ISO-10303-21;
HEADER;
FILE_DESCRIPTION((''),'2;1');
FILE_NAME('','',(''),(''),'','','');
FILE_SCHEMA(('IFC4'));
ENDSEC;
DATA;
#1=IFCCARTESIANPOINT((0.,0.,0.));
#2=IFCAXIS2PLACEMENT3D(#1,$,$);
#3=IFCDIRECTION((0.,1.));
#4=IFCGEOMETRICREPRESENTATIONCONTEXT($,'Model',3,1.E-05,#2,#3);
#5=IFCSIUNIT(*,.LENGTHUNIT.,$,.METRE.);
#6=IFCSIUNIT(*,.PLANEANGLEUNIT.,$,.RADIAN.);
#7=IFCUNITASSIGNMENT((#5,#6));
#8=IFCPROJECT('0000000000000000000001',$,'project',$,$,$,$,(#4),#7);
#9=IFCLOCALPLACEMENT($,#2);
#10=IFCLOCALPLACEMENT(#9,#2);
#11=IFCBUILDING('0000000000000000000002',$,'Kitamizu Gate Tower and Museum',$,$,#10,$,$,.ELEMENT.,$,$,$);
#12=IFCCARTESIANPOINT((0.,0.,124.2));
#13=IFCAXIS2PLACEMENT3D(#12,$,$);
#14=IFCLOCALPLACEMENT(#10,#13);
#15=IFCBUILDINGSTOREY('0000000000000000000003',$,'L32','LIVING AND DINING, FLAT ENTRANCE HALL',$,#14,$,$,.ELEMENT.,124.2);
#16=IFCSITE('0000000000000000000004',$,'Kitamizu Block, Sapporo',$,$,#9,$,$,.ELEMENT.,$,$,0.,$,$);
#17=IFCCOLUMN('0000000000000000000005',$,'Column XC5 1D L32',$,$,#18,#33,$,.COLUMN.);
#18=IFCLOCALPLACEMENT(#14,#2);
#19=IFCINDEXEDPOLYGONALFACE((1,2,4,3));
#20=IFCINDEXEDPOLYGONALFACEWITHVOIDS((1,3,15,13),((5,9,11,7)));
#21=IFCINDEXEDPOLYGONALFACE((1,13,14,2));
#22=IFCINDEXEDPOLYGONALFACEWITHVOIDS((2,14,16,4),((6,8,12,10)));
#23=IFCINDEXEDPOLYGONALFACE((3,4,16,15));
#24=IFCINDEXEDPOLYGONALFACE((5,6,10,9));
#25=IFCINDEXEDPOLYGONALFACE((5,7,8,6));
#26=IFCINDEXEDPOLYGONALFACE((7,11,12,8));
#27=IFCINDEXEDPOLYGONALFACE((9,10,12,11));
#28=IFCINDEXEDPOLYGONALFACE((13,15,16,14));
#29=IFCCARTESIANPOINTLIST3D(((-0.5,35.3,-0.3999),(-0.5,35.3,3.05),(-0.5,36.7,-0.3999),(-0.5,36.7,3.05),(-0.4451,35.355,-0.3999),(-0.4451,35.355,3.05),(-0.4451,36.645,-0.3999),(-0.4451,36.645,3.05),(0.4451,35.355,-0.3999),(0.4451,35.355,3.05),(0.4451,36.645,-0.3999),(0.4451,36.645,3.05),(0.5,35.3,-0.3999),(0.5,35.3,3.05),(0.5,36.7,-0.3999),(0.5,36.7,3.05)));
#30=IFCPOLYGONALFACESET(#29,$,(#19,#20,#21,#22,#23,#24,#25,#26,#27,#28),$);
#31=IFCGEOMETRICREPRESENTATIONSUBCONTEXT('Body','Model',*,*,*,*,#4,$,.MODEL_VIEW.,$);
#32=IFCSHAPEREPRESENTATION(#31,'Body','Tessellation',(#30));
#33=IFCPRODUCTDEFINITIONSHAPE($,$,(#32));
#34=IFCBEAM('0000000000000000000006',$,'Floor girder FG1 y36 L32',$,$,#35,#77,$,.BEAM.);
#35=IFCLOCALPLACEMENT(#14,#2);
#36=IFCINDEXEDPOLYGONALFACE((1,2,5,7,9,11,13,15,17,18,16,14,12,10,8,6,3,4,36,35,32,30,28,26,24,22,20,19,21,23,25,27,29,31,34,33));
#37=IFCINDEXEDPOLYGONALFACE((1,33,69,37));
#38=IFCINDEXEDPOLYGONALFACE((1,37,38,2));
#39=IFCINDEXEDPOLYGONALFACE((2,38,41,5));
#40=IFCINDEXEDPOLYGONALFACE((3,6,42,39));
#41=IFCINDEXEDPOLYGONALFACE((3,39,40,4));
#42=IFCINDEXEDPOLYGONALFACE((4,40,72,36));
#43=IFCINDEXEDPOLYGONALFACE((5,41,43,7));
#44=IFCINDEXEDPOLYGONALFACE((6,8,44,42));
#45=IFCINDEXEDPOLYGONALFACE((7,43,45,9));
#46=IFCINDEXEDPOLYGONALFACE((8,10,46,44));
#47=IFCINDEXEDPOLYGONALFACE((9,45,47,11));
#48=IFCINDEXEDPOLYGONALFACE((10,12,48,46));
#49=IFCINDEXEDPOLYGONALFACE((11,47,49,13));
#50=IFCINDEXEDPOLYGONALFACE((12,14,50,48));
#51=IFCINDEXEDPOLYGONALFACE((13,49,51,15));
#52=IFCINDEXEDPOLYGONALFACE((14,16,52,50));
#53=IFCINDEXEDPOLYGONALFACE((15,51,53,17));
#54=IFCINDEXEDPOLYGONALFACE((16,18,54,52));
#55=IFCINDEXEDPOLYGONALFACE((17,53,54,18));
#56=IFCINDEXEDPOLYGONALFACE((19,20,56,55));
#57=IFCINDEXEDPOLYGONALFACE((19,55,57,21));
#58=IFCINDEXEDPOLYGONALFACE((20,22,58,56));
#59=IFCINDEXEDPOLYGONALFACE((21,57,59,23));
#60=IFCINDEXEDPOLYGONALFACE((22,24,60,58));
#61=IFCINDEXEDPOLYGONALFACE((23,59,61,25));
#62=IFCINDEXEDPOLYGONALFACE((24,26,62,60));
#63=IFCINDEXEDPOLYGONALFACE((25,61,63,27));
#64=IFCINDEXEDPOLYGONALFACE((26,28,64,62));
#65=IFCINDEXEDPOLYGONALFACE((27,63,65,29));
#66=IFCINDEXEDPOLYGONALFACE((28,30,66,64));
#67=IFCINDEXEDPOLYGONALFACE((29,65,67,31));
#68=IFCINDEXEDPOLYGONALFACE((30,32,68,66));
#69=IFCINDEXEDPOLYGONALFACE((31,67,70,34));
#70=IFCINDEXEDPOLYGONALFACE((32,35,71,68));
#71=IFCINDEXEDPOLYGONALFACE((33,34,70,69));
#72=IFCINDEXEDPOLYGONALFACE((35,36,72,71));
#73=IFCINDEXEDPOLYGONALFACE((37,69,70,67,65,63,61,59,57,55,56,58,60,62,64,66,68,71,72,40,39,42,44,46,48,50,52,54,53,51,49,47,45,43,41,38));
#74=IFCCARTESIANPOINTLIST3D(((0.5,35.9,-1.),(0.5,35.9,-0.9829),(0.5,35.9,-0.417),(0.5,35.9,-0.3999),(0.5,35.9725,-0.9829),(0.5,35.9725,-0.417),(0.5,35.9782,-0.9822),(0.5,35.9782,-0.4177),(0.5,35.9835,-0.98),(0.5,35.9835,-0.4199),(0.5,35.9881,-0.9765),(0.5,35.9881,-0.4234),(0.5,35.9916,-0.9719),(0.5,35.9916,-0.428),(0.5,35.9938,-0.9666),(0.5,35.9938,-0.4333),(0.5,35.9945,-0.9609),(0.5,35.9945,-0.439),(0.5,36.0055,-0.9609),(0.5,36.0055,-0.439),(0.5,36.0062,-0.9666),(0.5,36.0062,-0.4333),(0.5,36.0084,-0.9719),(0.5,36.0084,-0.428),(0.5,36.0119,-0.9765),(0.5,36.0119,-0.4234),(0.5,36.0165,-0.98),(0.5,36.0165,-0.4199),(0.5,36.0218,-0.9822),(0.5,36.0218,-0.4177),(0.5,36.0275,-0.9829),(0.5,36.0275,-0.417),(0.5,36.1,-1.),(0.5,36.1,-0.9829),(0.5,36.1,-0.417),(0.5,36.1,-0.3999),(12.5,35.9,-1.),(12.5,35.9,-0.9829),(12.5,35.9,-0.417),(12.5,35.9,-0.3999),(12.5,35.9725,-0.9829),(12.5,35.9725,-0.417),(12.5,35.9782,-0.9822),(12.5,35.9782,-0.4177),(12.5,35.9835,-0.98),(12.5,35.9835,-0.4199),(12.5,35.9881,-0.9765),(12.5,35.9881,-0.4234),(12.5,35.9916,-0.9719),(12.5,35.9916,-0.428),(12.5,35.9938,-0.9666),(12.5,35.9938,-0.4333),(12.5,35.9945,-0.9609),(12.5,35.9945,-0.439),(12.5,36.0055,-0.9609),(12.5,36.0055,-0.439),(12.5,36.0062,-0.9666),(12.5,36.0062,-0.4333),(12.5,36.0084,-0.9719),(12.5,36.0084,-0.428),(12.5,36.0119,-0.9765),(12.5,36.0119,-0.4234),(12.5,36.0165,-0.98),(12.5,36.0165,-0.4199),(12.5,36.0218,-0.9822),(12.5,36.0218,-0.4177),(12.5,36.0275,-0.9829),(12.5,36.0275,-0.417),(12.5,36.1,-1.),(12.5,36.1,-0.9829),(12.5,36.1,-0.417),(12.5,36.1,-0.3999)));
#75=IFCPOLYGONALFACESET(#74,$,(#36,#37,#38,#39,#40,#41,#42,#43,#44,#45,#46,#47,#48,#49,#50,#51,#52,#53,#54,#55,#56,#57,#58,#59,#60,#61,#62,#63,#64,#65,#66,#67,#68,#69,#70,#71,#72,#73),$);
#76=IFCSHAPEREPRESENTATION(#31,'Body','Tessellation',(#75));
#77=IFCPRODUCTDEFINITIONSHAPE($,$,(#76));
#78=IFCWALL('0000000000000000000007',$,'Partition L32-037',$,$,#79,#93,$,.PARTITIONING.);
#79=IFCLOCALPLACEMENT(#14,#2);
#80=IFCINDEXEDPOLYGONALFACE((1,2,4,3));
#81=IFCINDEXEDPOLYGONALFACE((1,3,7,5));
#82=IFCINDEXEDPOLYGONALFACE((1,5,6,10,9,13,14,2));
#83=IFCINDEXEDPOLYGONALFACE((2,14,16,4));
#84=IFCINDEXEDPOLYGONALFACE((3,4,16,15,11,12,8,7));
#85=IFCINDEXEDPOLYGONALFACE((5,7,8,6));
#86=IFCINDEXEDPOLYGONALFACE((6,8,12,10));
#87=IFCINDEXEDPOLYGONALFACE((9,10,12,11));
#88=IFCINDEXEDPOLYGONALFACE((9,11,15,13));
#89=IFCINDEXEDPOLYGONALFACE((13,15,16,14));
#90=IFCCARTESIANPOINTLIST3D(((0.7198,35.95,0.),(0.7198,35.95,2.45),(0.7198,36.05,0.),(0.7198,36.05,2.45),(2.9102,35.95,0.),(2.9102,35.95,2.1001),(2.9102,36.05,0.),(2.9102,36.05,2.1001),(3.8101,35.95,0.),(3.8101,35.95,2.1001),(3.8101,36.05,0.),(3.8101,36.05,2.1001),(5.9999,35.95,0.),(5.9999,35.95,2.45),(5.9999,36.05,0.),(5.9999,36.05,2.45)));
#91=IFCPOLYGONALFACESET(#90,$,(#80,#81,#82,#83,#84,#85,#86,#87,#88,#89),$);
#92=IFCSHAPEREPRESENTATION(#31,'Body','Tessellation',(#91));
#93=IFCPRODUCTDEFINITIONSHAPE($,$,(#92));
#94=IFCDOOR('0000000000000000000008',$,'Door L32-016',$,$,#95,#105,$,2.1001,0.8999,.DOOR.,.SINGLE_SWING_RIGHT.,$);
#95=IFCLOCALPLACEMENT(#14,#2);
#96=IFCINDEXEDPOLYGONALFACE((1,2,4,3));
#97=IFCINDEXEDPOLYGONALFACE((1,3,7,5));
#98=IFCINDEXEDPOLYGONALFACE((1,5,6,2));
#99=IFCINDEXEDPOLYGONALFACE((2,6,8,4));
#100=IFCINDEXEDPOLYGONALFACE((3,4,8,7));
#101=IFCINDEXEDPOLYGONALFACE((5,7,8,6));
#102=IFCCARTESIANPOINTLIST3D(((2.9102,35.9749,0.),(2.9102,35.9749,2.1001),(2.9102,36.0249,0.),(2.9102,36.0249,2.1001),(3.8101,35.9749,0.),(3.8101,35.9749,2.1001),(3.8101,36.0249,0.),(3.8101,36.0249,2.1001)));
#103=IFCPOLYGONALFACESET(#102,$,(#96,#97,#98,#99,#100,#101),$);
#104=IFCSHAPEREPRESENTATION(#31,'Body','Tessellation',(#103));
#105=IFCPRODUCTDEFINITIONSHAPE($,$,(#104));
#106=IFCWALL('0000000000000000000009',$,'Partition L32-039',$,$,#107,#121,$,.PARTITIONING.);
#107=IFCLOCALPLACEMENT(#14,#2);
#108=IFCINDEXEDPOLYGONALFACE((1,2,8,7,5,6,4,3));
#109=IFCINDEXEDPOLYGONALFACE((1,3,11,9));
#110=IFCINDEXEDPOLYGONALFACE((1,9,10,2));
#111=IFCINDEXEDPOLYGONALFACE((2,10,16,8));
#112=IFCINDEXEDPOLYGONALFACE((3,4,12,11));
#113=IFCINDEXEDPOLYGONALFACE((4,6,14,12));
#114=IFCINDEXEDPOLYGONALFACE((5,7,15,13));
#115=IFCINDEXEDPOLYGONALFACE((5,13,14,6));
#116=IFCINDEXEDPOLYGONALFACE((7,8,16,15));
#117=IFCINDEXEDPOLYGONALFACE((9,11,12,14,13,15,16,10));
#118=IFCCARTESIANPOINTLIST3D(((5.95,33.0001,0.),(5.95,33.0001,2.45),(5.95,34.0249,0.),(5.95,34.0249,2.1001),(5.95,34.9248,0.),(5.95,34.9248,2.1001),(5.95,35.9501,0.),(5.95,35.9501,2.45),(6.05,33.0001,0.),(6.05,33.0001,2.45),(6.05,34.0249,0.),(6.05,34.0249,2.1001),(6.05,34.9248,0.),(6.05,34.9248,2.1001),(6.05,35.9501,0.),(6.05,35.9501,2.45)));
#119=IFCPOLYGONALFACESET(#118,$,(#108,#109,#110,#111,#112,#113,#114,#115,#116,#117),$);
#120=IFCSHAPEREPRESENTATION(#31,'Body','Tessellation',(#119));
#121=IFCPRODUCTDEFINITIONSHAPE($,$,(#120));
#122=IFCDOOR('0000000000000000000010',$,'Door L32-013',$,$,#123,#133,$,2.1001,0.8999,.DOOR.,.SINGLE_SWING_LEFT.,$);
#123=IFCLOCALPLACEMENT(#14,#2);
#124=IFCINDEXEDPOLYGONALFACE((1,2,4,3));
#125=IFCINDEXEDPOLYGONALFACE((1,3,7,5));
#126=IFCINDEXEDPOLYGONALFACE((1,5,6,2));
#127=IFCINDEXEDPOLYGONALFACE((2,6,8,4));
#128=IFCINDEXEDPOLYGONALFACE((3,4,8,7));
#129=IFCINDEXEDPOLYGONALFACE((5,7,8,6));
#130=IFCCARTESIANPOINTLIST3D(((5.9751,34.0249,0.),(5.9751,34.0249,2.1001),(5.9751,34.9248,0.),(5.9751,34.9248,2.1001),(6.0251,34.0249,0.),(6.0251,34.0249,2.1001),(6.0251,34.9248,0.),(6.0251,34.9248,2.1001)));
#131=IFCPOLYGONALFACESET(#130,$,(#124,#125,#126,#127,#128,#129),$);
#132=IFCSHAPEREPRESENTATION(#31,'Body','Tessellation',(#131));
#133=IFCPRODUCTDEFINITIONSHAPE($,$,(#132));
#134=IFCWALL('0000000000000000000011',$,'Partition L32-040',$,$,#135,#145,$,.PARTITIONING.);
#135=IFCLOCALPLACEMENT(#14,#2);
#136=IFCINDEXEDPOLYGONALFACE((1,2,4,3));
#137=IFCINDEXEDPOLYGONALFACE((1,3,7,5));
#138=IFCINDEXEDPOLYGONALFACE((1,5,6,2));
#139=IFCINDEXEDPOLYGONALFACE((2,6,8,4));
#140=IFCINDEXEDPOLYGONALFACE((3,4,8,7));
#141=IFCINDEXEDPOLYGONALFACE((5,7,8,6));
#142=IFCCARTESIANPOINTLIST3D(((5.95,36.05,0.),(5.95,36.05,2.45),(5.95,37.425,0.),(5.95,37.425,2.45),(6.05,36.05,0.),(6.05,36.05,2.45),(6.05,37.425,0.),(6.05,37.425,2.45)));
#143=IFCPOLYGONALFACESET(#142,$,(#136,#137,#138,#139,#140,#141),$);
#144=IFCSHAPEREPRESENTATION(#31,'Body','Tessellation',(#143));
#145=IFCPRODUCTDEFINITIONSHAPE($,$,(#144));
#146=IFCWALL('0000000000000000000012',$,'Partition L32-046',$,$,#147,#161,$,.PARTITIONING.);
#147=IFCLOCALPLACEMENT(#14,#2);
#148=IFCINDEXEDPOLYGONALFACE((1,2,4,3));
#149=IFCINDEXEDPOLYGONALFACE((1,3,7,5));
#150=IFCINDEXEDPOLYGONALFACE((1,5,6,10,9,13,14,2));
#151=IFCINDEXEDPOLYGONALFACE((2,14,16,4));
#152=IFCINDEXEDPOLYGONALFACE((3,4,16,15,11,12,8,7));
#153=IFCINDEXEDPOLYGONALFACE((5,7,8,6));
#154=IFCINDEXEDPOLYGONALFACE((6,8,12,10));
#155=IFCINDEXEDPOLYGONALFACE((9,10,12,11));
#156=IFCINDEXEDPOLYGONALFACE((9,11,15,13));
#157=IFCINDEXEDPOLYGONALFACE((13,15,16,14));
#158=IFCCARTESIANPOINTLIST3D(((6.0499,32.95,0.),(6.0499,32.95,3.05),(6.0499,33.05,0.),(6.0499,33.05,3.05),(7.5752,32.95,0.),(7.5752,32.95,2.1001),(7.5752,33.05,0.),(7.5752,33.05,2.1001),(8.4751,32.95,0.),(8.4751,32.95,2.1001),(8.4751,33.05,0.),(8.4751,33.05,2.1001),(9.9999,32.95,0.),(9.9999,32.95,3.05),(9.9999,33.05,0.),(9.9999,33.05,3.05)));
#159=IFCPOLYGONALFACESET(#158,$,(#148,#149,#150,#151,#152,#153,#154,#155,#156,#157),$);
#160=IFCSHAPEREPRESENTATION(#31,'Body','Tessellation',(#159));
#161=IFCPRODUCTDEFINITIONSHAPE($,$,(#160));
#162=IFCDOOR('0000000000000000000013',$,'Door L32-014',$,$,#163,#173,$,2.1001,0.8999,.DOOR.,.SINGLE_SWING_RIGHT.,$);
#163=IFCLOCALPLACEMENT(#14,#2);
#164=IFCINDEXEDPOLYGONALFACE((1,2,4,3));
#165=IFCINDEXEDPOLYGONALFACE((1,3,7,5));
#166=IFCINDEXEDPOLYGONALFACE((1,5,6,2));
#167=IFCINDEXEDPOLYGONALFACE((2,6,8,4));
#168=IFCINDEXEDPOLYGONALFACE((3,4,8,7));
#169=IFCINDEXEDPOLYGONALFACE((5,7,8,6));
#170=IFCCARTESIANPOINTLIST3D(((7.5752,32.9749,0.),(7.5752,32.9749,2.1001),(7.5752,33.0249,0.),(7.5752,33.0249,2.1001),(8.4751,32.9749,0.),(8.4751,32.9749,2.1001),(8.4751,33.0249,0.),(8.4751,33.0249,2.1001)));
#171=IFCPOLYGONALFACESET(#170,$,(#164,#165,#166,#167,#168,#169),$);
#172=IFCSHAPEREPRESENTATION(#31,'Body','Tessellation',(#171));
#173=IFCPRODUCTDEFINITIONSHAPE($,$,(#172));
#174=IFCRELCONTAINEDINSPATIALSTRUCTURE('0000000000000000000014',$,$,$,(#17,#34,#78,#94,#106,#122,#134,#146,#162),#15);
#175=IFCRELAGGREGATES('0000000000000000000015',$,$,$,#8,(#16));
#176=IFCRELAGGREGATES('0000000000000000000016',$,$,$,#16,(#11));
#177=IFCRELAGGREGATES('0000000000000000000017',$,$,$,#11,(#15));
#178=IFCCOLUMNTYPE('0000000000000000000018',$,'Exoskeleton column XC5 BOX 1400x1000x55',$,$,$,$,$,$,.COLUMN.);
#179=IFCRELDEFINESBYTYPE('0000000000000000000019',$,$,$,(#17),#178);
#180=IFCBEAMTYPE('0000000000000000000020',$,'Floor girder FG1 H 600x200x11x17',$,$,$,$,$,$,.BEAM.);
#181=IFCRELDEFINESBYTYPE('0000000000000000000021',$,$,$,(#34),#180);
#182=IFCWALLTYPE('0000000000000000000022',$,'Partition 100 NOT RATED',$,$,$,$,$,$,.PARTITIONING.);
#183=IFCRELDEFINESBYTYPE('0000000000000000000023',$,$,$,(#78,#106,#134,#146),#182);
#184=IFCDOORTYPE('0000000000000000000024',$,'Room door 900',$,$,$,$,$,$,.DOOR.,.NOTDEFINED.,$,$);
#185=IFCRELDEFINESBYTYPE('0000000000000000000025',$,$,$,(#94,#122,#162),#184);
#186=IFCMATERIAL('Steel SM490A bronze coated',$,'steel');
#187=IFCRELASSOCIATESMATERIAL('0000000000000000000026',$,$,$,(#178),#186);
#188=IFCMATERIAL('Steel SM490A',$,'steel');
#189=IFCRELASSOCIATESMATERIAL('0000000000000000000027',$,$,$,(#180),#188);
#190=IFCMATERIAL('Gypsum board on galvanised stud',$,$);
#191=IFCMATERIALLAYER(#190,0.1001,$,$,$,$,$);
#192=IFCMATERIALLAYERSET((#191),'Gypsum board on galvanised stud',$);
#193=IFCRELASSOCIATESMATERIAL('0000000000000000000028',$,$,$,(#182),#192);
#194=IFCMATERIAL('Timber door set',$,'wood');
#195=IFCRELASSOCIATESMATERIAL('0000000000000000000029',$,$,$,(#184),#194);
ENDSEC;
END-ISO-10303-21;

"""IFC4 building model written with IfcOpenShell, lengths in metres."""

from ifc_helpers import new_model, si_unit, direction, frame, frame_2d, origin, origin_2d, place, context, subcontext, project, spatial, rectangle, hollow_rectangle, i_section, extrude, material, layer, layer_set, material_profile, profile_set, type_object, element, fill, save


model = new_model("IFC4")

# Units and contexts
model_context = context("Model", 3, precision=1e-05, world=origin(), true_north=direction((0.0, 1.0)))
body_context = subcontext(model_context, "Body", "Model", "MODEL_VIEW")
ifc_project = project(units=[si_unit("LENGTHUNIT", "METRE"), si_unit("PLANEANGLEUNIT", "RADIAN")], contexts=[model_context])

# Site, building, storey
site_placement = place(None, origin())
site = spatial("IfcSite", under=ifc_project, at=site_placement, Name="Kitamizu Block, Sapporo", CompositionType="ELEMENT", RefElevation=0.0)
building_placement = place(site_placement, origin())
building = spatial("IfcBuilding", under=site, at=building_placement, Name="Kitamizu Gate Tower and Museum", CompositionType="ELEMENT")
storey_placement = place(building_placement, frame((0.0, 0.0, 124.2)))
storey = spatial("IfcBuildingStorey", under=building, at=storey_placement, Name="L32", Description="LIVING AND DINING, FLAT ENTRANCE HALL", CompositionType="ELEMENT", Elevation=124.2)

# Column
ifc_material_1 = material(Name="Steel SM490A bronze coated", Category="steel")
ifc_material_profile_1 = material_profile(ifc_material_1, hollow_rectangle(XDim=1.3999, YDim=1.0, WallThickness=0.0549, at=origin_2d()), Name="BOX 1400x1000x55")
ifc_profile_set_1 = profile_set([ifc_material_profile_1], Name="Steel SM490A bronze coated")
column_type = type_object("IfcColumnType", Name="Exoskeleton column XC5 BOX 1400x1000x55", PredefinedType="COLUMN", material=ifc_profile_set_1)
column_placement = place(storey_placement, frame((0.0, 36.0, -0.3999), z_axis=(0.0, 0.0, 1.0), x_axis=(0.0, 1.0, 0.0)))
element("IfcColumn", 1, at=column_placement, inside=storey, type_object=column_type, Name="Column XC5 1D L32", PredefinedType="COLUMN", context=body_context, shape_type="SweptSolid", body=[
    extrude(hollow_rectangle(XDim=1.3999, YDim=1.0, WallThickness=0.0549, at=origin_2d()), origin(), (0.0, 0.0, 1.0), 3.45),
])

# Beam
ifc_material_2 = material(Name="Steel SM490A", Category="steel")
ifc_material_profile_2 = material_profile(ifc_material_2, i_section(OverallWidth=0.2, OverallDepth=0.6001, WebThickness=0.011, FlangeThickness=0.0171, FilletRadius=0.022, at=origin_2d()), Name="H-600x200x11x17")
ifc_profile_set_2 = profile_set([ifc_material_profile_2], Name="Steel SM490A")
beam_type = type_object("IfcBeamType", Name="Floor girder FG1 H 600x200x11x17", PredefinedType="BEAM", material=ifc_profile_set_2)
beam_placement = place(storey_placement, frame((0.5, 36.0, -0.7), z_axis=(1.0, 0.0, 0.0), x_axis=(0.0, 1.0, 0.0)))
element("IfcBeam", 2, at=beam_placement, inside=storey, type_object=beam_type, Name="Floor girder FG1 y36 L32", PredefinedType="BEAM", context=body_context, shape_type="SweptSolid", body=[
    extrude(i_section(OverallWidth=0.2, OverallDepth=0.6001, WebThickness=0.011, FlangeThickness=0.0171, FilletRadius=0.022, at=origin_2d()), origin(), (0.0, 0.0, 1.0), 12.0),
])

# Walls, openings, doors
ifc_material_3 = material(Name="Gypsum board on galvanised stud")
ifc_layer_1 = layer(ifc_material_3, 0.1001)
ifc_layer_set_1 = layer_set([ifc_layer_1], Name="Gypsum board on galvanised stud")
wall_type_1 = type_object("IfcWallType", Name="Partition 100 NOT RATED", PredefinedType="PARTITIONING", material=ifc_layer_set_1)
wall_1_placement = place(storey_placement, frame((6.0, 36.0, 0.0), z_axis=(0.0, 0.0, 1.0), x_axis=(-1.0, 0.0, 0.0)))
wall_1 = element("IfcWall", 3, at=wall_1_placement, inside=storey, type_object=wall_type_1, Name="Partition L32-037", PredefinedType="PARTITIONING", context=body_context, shape_type="SweptSolid", body=[
    extrude(rectangle(XDim=5.28, YDim=0.1001, at=frame_2d((2.6401, 0.0))), origin(), (0.0, 0.0, 1.0), 2.45),
])
opening_1_placement = place(wall_1_placement, frame((2.1899, 0.0, 0.0)))
opening_1 = element("IfcOpeningElement", 4, at=opening_1_placement, cuts=wall_1, PredefinedType="OPENING", context=body_context, shape_type="SweptSolid", body=[
    extrude(rectangle(XDim=0.8999, YDim=2.1001, at=frame_2d((0.45, 1.05))), frame((0.0, 0.0601, 0.0), z_axis=(0.0, -1.0, 0.0), x_axis=(1.0, 0.0, 0.0)), (0.0, 0.0, 1.0), 0.1201),
])
ifc_material_4 = material(Name="Timber door set", Category="wood")
door_type_1 = type_object("IfcDoorType", Name="Room door 900", OperationType="NOTDEFINED", PredefinedType="DOOR", material=ifc_material_4)
door_1_placement = place(opening_1_placement, frame((0.8999, 0.0, 0.0), x_axis=(-1.0, 0.0, 0.0)))
door_1 = element("IfcDoor", 5, at=door_1_placement, inside=storey, type_object=door_type_1, Name="Door L32-016", OperationType="SINGLE_SWING_RIGHT", OverallHeight=2.1001, OverallWidth=0.8999, PredefinedType="DOOR", context=body_context, shape_type="SweptSolid", body=[
    extrude(rectangle(XDim=0.8999, YDim=2.1001, at=frame_2d((0.45, 1.05))), frame((0.0, 0.0249, 0.0), z_axis=(0.0, -1.0, 0.0), x_axis=(1.0, 0.0, 0.0)), (0.0, 0.0, 1.0), 0.05),
])
fill(opening_1, door_1)
wall_2_placement = place(storey_placement, frame((6.0, 33.0, 0.0), z_axis=(0.0, 0.0, 1.0), x_axis=(0.0, 1.0, 0.0)))
wall_2 = element("IfcWall", 6, at=wall_2_placement, inside=storey, type_object=wall_type_1, Name="Partition L32-039", PredefinedType="PARTITIONING", context=body_context, shape_type="SweptSolid", body=[
    extrude(rectangle(XDim=2.95, YDim=0.1001, at=frame_2d((1.4751, 0.0))), origin(), (0.0, 0.0, 1.0), 2.45),
])
opening_2_placement = place(wall_2_placement, frame((1.0249, 0.0, 0.0)))
opening_2 = element("IfcOpeningElement", 7, at=opening_2_placement, cuts=wall_2, PredefinedType="OPENING", context=body_context, shape_type="SweptSolid", body=[
    extrude(rectangle(XDim=0.8999, YDim=2.1001, at=frame_2d((0.45, 1.05))), frame((0.0, 0.0601, 0.0), z_axis=(0.0, -1.0, 0.0), x_axis=(1.0, 0.0, 0.0)), (0.0, 0.0, 1.0), 0.1201),
])
door_2_placement = place(opening_2_placement, origin())
door_2 = element("IfcDoor", 8, at=door_2_placement, inside=storey, type_object=door_type_1, Name="Door L32-013", OperationType="SINGLE_SWING_LEFT", OverallHeight=2.1001, OverallWidth=0.8999, PredefinedType="DOOR", context=body_context, shape_type="SweptSolid", body=[
    extrude(rectangle(XDim=0.8999, YDim=2.1001, at=frame_2d((0.45, 1.05))), frame((0.0, 0.0249, 0.0), z_axis=(0.0, -1.0, 0.0), x_axis=(1.0, 0.0, 0.0)), (0.0, 0.0, 1.0), 0.05),
])
fill(opening_2, door_2)

# Wall
wall_3_placement = place(storey_placement, frame((6.0, 36.05, 0.0), z_axis=(0.0, 0.0, 1.0), x_axis=(0.0, 1.0, 0.0)))
element("IfcWall", 9, at=wall_3_placement, inside=storey, type_object=wall_type_1, Name="Partition L32-040", PredefinedType="PARTITIONING", context=body_context, shape_type="SweptSolid", body=[
    extrude(rectangle(XDim=1.375, YDim=0.1001, at=frame_2d((0.6875, 0.0))), origin(), (0.0, 0.0, 1.0), 2.45),
])

# Wall, opening, door
wall_4_placement = place(storey_placement, frame((10.0, 33.0, 0.0), z_axis=(0.0, 0.0, 1.0), x_axis=(-1.0, 0.0, 0.0)))
wall_4 = element("IfcWall", 10, at=wall_4_placement, inside=storey, type_object=wall_type_1, Name="Partition L32-046", PredefinedType="PARTITIONING", context=body_context, shape_type="SweptSolid", body=[
    extrude(rectangle(XDim=3.95, YDim=0.1001, at=frame_2d((1.9751, 0.0))), origin(), (0.0, 0.0, 1.0), 3.05),
])
opening_3_placement = place(wall_4_placement, frame((1.5249, 0.0, 0.0)))
opening_3 = element("IfcOpeningElement", 11, at=opening_3_placement, cuts=wall_4, PredefinedType="OPENING", context=body_context, shape_type="SweptSolid", body=[
    extrude(rectangle(XDim=0.8999, YDim=2.1001, at=frame_2d((0.45, 1.05))), frame((0.0, 0.0601, 0.0), z_axis=(0.0, -1.0, 0.0), x_axis=(1.0, 0.0, 0.0)), (0.0, 0.0, 1.0), 0.1201),
])
door_3_placement = place(opening_3_placement, frame((0.8999, 0.0, 0.0), x_axis=(-1.0, 0.0, 0.0)))
door_3 = element("IfcDoor", 12, at=door_3_placement, inside=storey, type_object=door_type_1, Name="Door L32-014", OperationType="SINGLE_SWING_RIGHT", OverallHeight=2.1001, OverallWidth=0.8999, PredefinedType="DOOR", context=body_context, shape_type="SweptSolid", body=[
    extrude(rectangle(XDim=0.8999, YDim=2.1001, at=frame_2d((0.45, 1.05))), frame((0.0, 0.0249, 0.0), z_axis=(0.0, -1.0, 0.0), x_axis=(1.0, 0.0, 0.0)), (0.0, 0.0, 1.0), 0.05),
])
fill(opening_3, door_3)

save(model, "model.ifc")
